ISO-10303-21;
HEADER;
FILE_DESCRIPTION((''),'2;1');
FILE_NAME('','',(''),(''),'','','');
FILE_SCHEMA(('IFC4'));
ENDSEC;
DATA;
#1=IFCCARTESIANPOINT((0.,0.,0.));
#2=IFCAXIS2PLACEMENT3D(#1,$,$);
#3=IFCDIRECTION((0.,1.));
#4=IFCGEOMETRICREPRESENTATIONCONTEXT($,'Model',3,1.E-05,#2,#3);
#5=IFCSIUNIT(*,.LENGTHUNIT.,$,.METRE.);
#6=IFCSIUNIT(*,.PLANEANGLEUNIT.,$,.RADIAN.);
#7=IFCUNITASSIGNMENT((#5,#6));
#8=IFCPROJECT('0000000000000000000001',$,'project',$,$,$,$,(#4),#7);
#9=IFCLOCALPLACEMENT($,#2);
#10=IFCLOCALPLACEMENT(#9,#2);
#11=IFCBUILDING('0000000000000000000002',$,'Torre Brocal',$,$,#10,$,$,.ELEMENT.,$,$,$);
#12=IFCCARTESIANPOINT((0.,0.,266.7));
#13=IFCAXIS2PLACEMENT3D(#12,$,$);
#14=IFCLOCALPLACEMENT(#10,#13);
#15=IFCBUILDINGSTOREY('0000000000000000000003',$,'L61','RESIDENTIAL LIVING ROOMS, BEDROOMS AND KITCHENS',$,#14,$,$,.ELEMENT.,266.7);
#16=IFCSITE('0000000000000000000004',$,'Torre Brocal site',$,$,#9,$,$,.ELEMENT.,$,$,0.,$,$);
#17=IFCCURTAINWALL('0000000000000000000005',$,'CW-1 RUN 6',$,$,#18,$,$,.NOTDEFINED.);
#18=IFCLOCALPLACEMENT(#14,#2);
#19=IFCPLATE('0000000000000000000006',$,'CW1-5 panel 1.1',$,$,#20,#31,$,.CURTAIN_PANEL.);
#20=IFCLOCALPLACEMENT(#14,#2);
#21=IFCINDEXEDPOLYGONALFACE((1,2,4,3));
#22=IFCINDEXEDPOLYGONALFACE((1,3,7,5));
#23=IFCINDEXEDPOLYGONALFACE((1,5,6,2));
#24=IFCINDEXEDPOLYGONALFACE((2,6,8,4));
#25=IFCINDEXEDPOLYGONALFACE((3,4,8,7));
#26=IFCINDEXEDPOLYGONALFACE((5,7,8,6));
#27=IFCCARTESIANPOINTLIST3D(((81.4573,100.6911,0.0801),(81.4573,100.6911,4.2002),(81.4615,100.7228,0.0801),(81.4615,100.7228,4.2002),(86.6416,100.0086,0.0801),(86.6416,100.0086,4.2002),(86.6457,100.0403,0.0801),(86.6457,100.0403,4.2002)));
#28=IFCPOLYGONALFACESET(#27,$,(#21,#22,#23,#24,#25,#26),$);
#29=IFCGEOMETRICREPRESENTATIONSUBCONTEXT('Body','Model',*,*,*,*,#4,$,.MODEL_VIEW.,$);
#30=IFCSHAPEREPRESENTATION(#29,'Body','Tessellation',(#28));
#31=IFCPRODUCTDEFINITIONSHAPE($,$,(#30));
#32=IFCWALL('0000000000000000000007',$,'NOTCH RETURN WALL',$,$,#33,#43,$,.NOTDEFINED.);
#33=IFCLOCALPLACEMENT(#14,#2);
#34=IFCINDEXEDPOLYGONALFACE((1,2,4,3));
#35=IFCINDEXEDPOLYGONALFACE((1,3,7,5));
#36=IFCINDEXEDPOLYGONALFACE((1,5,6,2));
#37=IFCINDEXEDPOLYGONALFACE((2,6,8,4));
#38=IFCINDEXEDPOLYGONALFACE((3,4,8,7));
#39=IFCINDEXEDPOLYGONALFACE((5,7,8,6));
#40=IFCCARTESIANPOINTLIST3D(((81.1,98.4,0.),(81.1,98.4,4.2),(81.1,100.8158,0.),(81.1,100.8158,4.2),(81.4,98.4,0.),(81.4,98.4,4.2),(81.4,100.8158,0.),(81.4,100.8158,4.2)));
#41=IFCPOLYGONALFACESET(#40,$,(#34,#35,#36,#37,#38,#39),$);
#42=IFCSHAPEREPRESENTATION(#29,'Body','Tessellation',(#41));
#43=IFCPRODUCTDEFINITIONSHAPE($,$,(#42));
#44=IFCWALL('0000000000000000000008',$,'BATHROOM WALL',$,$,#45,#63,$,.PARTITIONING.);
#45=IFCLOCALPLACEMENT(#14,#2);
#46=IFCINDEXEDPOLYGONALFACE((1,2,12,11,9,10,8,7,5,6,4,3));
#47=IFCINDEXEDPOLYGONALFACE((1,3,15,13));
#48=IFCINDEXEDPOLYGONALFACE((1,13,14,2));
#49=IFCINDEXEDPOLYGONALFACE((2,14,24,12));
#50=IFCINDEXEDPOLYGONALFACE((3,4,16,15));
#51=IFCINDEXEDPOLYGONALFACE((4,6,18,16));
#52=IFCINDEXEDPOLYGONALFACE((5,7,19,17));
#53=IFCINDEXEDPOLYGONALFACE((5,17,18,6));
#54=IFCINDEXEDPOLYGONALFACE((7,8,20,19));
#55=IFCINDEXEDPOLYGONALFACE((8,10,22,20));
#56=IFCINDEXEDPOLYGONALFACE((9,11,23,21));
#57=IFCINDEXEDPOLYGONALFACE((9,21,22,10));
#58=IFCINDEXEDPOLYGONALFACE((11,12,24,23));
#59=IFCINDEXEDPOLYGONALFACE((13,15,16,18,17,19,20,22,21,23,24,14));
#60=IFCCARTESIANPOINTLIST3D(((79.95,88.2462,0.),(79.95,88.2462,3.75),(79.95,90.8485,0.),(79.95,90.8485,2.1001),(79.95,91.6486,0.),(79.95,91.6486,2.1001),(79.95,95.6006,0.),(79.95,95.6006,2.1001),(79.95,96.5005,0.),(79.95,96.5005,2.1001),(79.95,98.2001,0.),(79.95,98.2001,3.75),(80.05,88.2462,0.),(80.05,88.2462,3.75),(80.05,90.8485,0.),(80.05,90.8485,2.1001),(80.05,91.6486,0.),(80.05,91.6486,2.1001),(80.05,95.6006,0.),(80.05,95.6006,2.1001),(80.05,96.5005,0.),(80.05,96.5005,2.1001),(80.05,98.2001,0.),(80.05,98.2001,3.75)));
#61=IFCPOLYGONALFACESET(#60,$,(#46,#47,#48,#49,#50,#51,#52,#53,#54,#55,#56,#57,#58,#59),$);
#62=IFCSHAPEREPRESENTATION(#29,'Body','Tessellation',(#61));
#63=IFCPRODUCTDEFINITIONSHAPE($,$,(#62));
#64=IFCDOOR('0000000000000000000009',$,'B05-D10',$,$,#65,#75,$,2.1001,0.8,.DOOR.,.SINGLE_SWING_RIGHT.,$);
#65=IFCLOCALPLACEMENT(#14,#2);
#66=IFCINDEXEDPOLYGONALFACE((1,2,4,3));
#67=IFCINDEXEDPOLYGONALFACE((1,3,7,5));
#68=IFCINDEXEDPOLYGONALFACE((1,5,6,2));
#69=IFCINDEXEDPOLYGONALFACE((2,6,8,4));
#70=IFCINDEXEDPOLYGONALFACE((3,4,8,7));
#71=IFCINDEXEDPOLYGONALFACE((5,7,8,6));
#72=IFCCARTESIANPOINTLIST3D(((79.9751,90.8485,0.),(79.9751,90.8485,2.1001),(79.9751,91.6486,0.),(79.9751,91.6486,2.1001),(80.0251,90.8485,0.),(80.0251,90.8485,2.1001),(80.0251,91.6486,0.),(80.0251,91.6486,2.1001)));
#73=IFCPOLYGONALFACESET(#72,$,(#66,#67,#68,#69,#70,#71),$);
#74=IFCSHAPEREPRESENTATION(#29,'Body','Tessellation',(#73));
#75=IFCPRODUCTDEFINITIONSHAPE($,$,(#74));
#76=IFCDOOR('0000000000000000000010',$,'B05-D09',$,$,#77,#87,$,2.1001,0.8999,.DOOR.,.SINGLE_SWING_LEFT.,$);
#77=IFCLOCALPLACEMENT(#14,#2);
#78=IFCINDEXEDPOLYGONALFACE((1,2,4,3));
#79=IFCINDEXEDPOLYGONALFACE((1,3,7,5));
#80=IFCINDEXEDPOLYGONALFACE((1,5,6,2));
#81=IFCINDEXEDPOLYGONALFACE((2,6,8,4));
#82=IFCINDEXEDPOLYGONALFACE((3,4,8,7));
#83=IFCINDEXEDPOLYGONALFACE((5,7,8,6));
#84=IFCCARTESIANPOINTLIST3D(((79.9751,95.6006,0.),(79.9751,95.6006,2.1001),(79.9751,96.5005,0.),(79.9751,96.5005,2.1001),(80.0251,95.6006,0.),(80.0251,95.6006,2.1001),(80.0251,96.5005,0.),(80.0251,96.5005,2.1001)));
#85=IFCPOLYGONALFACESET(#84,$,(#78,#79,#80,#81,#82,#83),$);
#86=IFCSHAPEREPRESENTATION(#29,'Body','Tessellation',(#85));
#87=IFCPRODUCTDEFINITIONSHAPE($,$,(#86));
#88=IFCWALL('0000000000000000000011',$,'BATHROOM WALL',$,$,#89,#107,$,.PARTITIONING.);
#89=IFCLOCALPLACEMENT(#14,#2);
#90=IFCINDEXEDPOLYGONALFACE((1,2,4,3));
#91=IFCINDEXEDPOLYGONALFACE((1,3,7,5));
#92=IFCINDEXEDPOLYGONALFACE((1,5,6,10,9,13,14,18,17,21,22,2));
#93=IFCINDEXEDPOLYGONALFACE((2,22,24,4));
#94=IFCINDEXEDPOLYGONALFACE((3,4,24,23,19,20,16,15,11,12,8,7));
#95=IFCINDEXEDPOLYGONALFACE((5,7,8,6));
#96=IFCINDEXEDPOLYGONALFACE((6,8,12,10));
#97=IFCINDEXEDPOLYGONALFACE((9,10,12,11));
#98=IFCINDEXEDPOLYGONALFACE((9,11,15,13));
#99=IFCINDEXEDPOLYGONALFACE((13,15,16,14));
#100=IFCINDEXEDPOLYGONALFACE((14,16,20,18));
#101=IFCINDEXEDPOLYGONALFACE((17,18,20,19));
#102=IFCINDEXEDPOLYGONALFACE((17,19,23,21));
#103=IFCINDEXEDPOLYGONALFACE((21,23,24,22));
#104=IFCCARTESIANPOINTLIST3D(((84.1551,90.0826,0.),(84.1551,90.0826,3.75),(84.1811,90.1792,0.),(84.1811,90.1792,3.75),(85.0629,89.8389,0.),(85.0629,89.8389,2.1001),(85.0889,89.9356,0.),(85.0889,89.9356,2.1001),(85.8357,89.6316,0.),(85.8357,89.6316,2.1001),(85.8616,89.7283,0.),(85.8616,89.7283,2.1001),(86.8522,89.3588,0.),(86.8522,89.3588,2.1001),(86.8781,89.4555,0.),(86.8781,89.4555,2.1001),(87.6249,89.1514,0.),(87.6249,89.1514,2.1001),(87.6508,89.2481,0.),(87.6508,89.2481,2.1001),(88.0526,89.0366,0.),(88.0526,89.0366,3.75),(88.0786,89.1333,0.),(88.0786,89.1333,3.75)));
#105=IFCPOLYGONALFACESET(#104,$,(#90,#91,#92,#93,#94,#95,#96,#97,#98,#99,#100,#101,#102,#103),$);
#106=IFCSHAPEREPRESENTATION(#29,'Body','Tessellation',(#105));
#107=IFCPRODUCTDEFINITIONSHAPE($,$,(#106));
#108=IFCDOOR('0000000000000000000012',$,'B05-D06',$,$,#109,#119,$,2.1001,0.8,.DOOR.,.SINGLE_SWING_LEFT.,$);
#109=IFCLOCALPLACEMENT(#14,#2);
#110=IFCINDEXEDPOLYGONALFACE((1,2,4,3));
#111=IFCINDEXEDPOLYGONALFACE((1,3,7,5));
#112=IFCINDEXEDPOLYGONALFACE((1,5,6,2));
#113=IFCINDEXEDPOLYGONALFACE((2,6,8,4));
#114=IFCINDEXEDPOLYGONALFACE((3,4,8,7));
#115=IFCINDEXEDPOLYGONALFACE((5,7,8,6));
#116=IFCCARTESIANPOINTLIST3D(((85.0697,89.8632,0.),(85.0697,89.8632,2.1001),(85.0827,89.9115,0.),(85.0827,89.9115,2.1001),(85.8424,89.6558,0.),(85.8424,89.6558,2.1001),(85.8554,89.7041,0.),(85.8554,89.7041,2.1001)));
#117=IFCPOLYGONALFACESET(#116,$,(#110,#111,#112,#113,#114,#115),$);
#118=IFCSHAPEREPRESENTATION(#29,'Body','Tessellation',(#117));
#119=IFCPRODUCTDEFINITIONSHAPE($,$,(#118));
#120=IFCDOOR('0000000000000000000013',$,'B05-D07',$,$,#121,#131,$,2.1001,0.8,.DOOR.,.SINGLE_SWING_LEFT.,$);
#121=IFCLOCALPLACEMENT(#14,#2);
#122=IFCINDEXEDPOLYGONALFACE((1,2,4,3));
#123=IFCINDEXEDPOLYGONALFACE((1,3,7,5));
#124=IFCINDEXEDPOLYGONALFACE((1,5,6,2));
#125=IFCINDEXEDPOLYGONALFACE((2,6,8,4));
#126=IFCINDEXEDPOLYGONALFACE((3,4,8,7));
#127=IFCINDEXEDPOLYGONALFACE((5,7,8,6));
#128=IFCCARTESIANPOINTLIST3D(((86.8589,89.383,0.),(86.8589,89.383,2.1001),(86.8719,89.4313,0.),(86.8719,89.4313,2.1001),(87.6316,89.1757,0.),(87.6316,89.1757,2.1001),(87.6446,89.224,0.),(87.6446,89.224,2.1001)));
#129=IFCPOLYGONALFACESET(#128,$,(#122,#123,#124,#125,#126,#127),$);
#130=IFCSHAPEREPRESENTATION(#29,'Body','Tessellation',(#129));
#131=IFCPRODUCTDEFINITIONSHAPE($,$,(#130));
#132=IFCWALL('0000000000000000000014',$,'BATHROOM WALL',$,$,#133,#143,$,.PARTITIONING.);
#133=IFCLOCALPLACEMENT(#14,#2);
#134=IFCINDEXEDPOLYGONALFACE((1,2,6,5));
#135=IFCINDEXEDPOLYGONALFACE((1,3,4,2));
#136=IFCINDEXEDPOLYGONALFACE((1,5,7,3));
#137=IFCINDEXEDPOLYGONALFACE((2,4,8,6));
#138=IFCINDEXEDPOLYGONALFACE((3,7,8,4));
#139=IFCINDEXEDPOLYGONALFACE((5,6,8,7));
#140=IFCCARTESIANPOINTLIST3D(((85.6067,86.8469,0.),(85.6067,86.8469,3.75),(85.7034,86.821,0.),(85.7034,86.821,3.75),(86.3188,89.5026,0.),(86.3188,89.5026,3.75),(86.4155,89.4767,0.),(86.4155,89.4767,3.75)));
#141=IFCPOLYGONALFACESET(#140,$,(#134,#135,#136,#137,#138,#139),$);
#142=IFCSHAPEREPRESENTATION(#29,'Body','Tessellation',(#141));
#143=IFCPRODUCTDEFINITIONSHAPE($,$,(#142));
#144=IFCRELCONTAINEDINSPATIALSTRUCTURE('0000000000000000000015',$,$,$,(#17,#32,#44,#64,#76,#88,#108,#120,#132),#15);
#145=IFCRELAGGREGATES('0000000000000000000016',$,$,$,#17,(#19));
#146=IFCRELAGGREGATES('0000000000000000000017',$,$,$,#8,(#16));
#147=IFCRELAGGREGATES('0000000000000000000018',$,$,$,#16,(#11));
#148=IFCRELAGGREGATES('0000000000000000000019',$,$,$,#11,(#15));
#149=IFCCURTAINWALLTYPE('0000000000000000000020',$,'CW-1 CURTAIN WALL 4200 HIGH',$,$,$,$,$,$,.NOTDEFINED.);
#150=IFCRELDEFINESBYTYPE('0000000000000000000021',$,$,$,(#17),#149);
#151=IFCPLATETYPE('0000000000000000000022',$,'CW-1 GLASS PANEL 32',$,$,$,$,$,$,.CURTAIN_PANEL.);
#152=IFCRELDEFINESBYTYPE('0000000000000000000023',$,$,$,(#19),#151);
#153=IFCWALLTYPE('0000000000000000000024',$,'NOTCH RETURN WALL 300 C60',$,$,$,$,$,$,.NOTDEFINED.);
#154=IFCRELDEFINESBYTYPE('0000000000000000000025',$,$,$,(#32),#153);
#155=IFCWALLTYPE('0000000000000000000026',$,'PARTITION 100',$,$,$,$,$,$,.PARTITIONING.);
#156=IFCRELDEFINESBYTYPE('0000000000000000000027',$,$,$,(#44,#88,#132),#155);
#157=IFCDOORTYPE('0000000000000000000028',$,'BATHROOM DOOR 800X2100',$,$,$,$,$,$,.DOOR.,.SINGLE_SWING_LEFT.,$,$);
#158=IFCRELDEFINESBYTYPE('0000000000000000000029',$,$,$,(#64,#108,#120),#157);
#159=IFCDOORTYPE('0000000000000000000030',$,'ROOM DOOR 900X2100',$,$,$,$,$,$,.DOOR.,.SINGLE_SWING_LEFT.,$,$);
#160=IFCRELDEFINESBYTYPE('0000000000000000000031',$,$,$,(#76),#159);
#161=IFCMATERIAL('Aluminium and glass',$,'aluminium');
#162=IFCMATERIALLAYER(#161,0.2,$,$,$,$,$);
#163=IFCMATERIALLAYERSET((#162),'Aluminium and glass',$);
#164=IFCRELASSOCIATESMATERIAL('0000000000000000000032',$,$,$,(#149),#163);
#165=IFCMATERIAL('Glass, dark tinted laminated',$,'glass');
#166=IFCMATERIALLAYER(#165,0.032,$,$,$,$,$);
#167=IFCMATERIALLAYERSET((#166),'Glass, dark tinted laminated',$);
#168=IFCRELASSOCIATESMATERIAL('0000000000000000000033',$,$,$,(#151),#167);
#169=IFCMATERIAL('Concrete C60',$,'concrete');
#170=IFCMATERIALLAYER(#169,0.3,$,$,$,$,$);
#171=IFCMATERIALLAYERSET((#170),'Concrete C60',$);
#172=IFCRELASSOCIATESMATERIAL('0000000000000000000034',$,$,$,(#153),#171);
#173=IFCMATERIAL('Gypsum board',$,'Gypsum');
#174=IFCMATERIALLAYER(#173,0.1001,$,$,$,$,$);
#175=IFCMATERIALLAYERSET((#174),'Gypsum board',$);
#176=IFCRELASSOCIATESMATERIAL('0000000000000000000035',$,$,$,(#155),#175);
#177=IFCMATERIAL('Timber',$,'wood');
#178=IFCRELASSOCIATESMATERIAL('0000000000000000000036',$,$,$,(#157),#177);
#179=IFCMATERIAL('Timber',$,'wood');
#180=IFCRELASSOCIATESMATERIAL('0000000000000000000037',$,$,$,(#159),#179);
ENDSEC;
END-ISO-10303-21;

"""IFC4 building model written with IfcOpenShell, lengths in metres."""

from ifc_helpers import new_model, si_unit, direction, frame, frame_2d, origin, origin_2d, place, context, subcontext, project, spatial, rectangle, extrude, material, layer, layer_set, type_object, element, fill, aggregate, save


model = new_model("IFC4")

# Units and contexts
model_context = context("Model", 3, precision=1e-05, world=origin(), true_north=direction((0.0, 1.0)))
body_context = subcontext(model_context, "Body", "Model", "MODEL_VIEW")
ifc_project = project(units=[si_unit("LENGTHUNIT", "METRE"), si_unit("PLANEANGLEUNIT", "RADIAN")], contexts=[model_context])

# Site, building, storey
site_placement = place(None, origin())
site = spatial("IfcSite", under=ifc_project, at=site_placement, Name="Torre Brocal site", CompositionType="ELEMENT", RefElevation=0.0)
building_placement = place(site_placement, origin())
building = spatial("IfcBuilding", under=site, at=building_placement, Name="Torre Brocal", CompositionType="ELEMENT")
storey_placement = place(building_placement, frame((0.0, 0.0, 266.7)))
storey = spatial("IfcBuildingStorey", under=building, at=storey_placement, Name="L61", Description="RESIDENTIAL LIVING ROOMS, BEDROOMS AND KITCHENS", CompositionType="ELEMENT", Elevation=266.7)

# Shared definitions
ifc_material_1 = material(Name="Aluminium and glass", Category="aluminium")
ifc_layer_1 = layer(ifc_material_1, 0.2)
ifc_layer_set_1 = layer_set([ifc_layer_1], Name="Aluminium and glass")
curtain_wall_type = type_object("IfcCurtainWallType", Name="CW-1 CURTAIN WALL 4200 HIGH", PredefinedType="NOTDEFINED", material=ifc_layer_set_1)

# Curtain wall
curtain_wall_1_placement = place(storey_placement, origin())
curtain_wall_1 = element("IfcCurtainWall", 1, at=curtain_wall_1_placement, inside=storey, type_object=curtain_wall_type, Name="CW-1 RUN 6", PredefinedType="NOTDEFINED")

# Plate
ifc_material_2 = material(Name="Glass, dark tinted laminated", Category="glass")
ifc_layer_2 = layer(ifc_material_2, 0.032)
ifc_layer_set_2 = layer_set([ifc_layer_2], Name="Glass, dark tinted laminated")
plate_type = type_object("IfcPlateType", Name="CW-1 GLASS PANEL 32", PredefinedType="CURTAIN_PANEL", material=ifc_layer_set_2)
plate_1_placement = place(storey_placement, frame((84.0515, 100.3657, 0.0801), z_axis=(0.0, 0.0, 1.0), x_axis=(-0.991445, 0.130526, 0.0)))
plate_1 = element("IfcPlate", 2, at=plate_1_placement, type_object=plate_type, Name="CW1-5 panel 1.1", PredefinedType="CURTAIN_PANEL", context=body_context, shape_type="SweptSolid", body=[
    extrude(rectangle(XDim=5.229, YDim=0.032, at=origin_2d()), origin(), (0.0, 0.0, 1.0), 4.1201),
])
aggregate(curtain_wall_1, [plate_1])

# Wall
ifc_material_3 = material(Name="Concrete C60", Category="concrete")
ifc_layer_3 = layer(ifc_material_3, 0.3)
ifc_layer_set_3 = layer_set([ifc_layer_3], Name="Concrete C60")
wall_type_1 = type_object("IfcWallType", Name="NOTCH RETURN WALL 300 C60", PredefinedType="NOTDEFINED", material=ifc_layer_set_3)
wall_1_placement = place(storey_placement, frame((81.25, 98.3999, 0.0), z_axis=(0.0, 0.0, 1.0), x_axis=(0.0, 1.0, 0.0)))
element("IfcWall", 3, at=wall_1_placement, inside=storey, type_object=wall_type_1, Name="NOTCH RETURN WALL", PredefinedType="NOTDEFINED", context=body_context, shape_type="SweptSolid", body=[
    extrude(rectangle(XDim=2.4158, YDim=0.3, at=frame_2d((1.208, 0.0))), origin(), (0.0, 0.0, 1.0), 4.2),
])

# Walls, openings, doors
ifc_material_4 = material(Name="Gypsum board", Category="Gypsum")
ifc_layer_4 = layer(ifc_material_4, 0.1001)
ifc_layer_set_4 = layer_set([ifc_layer_4], Name="Gypsum board")
wall_type_2 = type_object("IfcWallType", Name="PARTITION 100", PredefinedType="PARTITIONING", material=ifc_layer_set_4)
wall_2_placement = place(storey_placement, frame((80.0, 88.2461, 0.0), z_axis=(0.0, 0.0, 1.0), x_axis=(0.0, 1.0, 0.0)))
wall_2 = element("IfcWall", 4, at=wall_2_placement, inside=storey, type_object=wall_type_2, Name="BATHROOM WALL", PredefinedType="PARTITIONING", context=body_context, shape_type="SweptSolid", body=[
    extrude(rectangle(XDim=9.9539, YDim=0.1001, at=frame_2d((4.9771, 0.0))), origin(), (0.0, 0.0, 1.0), 3.75),
])
opening_1_placement = place(wall_2_placement, frame((7.3545, 0.0, 0.0)))
opening_1 = element("IfcOpeningElement", 5, at=opening_1_placement, cuts=wall_2, PredefinedType="OPENING", context=body_context, shape_type="SweptSolid", body=[
    extrude(rectangle(XDim=0.8999, YDim=2.1001, at=frame_2d((0.45, 1.05))), frame((0.0, 0.0601, 0.0), z_axis=(0.0, -1.0, 0.0), x_axis=(1.0, 0.0, 0.0)), (0.0, 0.0, 1.0), 0.1201),
])
opening_2_placement = place(wall_2_placement, frame((2.6025, 0.0, 0.0)))
opening_2 = element("IfcOpeningElement", 6, at=opening_2_placement, cuts=wall_2, PredefinedType="OPENING", context=body_context, shape_type="SweptSolid", body=[
    extrude(rectangle(XDim=0.8, YDim=2.1001, at=frame_2d((0.3999, 1.05))), frame((0.0, 0.0601, 0.0), z_axis=(0.0, -1.0, 0.0), x_axis=(1.0, 0.0, 0.0)), (0.0, 0.0, 1.0), 0.1201),
])
ifc_material_5 = material(Name="Timber", Category="wood")
door_type_1 = type_object("IfcDoorType", Name="BATHROOM DOOR 800X2100", OperationType="SINGLE_SWING_LEFT", PredefinedType="DOOR", material=ifc_material_5)
door_1_placement = place(opening_2_placement, origin())
door_1 = element("IfcDoor", 7, at=door_1_placement, inside=storey, type_object=door_type_1, Name="B05-D10", OperationType="SINGLE_SWING_RIGHT", OverallHeight=2.1001, OverallWidth=0.8, PredefinedType="DOOR", context=body_context, shape_type="SweptSolid", body=[
    extrude(rectangle(XDim=0.8, YDim=2.1001, at=frame_2d((0.3999, 1.05))), frame((0.0, 0.0249, 0.0), z_axis=(0.0, -1.0, 0.0), x_axis=(1.0, 0.0, 0.0)), (0.0, 0.0, 1.0), 0.05),
])
fill(opening_2, door_1)
ifc_material_6 = material(Name="Timber", Category="wood")
door_type_2 = type_object("IfcDoorType", Name="ROOM DOOR 900X2100", OperationType="SINGLE_SWING_LEFT", PredefinedType="DOOR", material=ifc_material_6)
door_2_placement = place(opening_1_placement, origin())
door_2 = element("IfcDoor", 8, at=door_2_placement, inside=storey, type_object=door_type_2, Name="B05-D09", OperationType="SINGLE_SWING_LEFT", OverallHeight=2.1001, OverallWidth=0.8999, PredefinedType="DOOR", context=body_context, shape_type="SweptSolid", body=[
    extrude(rectangle(XDim=0.8999, YDim=2.1001, at=frame_2d((0.45, 1.05))), frame((0.0, 0.0249, 0.0), z_axis=(0.0, -1.0, 0.0), x_axis=(1.0, 0.0, 0.0)), (0.0, 0.0, 1.0), 0.05),
])
fill(opening_1, door_2)
wall_3_placement = place(storey_placement, frame((84.1682, 90.1309, 0.0), z_axis=(0.0, 0.0, 1.0), x_axis=(0.965828, -0.259184, 0.0)))
wall_3 = element("IfcWall", 9, at=wall_3_placement, inside=storey, type_object=wall_type_2, Name="BATHROOM WALL", PredefinedType="PARTITIONING", context=body_context, shape_type="SweptSolid", body=[
    extrude(rectangle(XDim=4.0354, YDim=0.1001, at=frame_2d((2.0176, 0.0))), origin(), (0.0, 0.0, 1.0), 3.75),
])
opening_3_placement = place(wall_3_placement, frame((0.9399, 0.0, 0.0)))
opening_3 = element("IfcOpeningElement", 10, at=opening_3_placement, cuts=wall_3, PredefinedType="OPENING", context=body_context, shape_type="SweptSolid", body=[
    extrude(rectangle(XDim=0.8, YDim=2.1001, at=frame_2d((0.3999, 1.05))), frame((0.0, 0.0601, 0.0), z_axis=(0.0, -1.0, 0.0), x_axis=(1.0, 0.0, 0.0)), (0.0, 0.0, 1.0), 0.1201),
])
opening_4_placement = place(wall_3_placement, frame((2.7925, 0.0, 0.0)))
opening_4 = element("IfcOpeningElement", 11, at=opening_4_placement, cuts=wall_3, PredefinedType="OPENING", context=body_context, shape_type="SweptSolid", body=[
    extrude(rectangle(XDim=0.8, YDim=2.1001, at=frame_2d((0.3999, 1.05))), frame((0.0, 0.0601, 0.0), z_axis=(0.0, -1.0, 0.0), x_axis=(1.0, 0.0, 0.0)), (0.0, 0.0, 1.0), 0.1201),
])
door_3_placement = place(opening_3_placement, frame((0.8, 0.0, 0.0), z_axis=(0.0, 0.0, 1.0), x_axis=(-1.0, 0.0, 0.0)))
door_3 = element("IfcDoor", 12, at=door_3_placement, inside=storey, type_object=door_type_1, Name="B05-D06", OperationType="SINGLE_SWING_LEFT", OverallHeight=2.1001, OverallWidth=0.8, PredefinedType="DOOR", context=body_context, shape_type="SweptSolid", body=[
    extrude(rectangle(XDim=0.8, YDim=2.1001, at=frame_2d((0.3999, 1.05))), frame((0.0, 0.0249, 0.0), z_axis=(0.0, -1.0, 0.0), x_axis=(1.0, 0.0, 0.0)), (0.0, 0.0, 1.0), 0.05),
])
fill(opening_3, door_3)
door_4_placement = place(opening_4_placement, frame((0.8, 0.0, 0.0), z_axis=(0.0, 0.0, 1.0), x_axis=(-1.0, 0.0, 0.0)))
door_4 = element("IfcDoor", 13, at=door_4_placement, inside=storey, type_object=door_type_1, Name="B05-D07", OperationType="SINGLE_SWING_LEFT", OverallHeight=2.1001, OverallWidth=0.8, PredefinedType="DOOR", context=body_context, shape_type="SweptSolid", body=[
    extrude(rectangle(XDim=0.8, YDim=2.1001, at=frame_2d((0.3999, 1.05))), frame((0.0, 0.0249, 0.0), z_axis=(0.0, -1.0, 0.0), x_axis=(1.0, 0.0, 0.0)), (0.0, 0.0, 1.0), 0.05),
])
fill(opening_4, door_4)

# Wall
wall_4_placement = place(storey_placement, frame((85.655, 86.834, 0.0), z_axis=(0.0, 0.0, 1.0), x_axis=(0.259005, 0.965876, 0.0)))
element("IfcWall", 14, at=wall_4_placement, inside=storey, type_object=wall_type_2, Name="BATHROOM WALL", PredefinedType="PARTITIONING", context=body_context, shape_type="SweptSolid", body=[
    extrude(rectangle(XDim=2.7495, YDim=0.1001, at=frame_2d((1.3748, 0.0))), origin(), (0.0, 0.0, 1.0), 3.75),
])

save(model, "model.ifc")
